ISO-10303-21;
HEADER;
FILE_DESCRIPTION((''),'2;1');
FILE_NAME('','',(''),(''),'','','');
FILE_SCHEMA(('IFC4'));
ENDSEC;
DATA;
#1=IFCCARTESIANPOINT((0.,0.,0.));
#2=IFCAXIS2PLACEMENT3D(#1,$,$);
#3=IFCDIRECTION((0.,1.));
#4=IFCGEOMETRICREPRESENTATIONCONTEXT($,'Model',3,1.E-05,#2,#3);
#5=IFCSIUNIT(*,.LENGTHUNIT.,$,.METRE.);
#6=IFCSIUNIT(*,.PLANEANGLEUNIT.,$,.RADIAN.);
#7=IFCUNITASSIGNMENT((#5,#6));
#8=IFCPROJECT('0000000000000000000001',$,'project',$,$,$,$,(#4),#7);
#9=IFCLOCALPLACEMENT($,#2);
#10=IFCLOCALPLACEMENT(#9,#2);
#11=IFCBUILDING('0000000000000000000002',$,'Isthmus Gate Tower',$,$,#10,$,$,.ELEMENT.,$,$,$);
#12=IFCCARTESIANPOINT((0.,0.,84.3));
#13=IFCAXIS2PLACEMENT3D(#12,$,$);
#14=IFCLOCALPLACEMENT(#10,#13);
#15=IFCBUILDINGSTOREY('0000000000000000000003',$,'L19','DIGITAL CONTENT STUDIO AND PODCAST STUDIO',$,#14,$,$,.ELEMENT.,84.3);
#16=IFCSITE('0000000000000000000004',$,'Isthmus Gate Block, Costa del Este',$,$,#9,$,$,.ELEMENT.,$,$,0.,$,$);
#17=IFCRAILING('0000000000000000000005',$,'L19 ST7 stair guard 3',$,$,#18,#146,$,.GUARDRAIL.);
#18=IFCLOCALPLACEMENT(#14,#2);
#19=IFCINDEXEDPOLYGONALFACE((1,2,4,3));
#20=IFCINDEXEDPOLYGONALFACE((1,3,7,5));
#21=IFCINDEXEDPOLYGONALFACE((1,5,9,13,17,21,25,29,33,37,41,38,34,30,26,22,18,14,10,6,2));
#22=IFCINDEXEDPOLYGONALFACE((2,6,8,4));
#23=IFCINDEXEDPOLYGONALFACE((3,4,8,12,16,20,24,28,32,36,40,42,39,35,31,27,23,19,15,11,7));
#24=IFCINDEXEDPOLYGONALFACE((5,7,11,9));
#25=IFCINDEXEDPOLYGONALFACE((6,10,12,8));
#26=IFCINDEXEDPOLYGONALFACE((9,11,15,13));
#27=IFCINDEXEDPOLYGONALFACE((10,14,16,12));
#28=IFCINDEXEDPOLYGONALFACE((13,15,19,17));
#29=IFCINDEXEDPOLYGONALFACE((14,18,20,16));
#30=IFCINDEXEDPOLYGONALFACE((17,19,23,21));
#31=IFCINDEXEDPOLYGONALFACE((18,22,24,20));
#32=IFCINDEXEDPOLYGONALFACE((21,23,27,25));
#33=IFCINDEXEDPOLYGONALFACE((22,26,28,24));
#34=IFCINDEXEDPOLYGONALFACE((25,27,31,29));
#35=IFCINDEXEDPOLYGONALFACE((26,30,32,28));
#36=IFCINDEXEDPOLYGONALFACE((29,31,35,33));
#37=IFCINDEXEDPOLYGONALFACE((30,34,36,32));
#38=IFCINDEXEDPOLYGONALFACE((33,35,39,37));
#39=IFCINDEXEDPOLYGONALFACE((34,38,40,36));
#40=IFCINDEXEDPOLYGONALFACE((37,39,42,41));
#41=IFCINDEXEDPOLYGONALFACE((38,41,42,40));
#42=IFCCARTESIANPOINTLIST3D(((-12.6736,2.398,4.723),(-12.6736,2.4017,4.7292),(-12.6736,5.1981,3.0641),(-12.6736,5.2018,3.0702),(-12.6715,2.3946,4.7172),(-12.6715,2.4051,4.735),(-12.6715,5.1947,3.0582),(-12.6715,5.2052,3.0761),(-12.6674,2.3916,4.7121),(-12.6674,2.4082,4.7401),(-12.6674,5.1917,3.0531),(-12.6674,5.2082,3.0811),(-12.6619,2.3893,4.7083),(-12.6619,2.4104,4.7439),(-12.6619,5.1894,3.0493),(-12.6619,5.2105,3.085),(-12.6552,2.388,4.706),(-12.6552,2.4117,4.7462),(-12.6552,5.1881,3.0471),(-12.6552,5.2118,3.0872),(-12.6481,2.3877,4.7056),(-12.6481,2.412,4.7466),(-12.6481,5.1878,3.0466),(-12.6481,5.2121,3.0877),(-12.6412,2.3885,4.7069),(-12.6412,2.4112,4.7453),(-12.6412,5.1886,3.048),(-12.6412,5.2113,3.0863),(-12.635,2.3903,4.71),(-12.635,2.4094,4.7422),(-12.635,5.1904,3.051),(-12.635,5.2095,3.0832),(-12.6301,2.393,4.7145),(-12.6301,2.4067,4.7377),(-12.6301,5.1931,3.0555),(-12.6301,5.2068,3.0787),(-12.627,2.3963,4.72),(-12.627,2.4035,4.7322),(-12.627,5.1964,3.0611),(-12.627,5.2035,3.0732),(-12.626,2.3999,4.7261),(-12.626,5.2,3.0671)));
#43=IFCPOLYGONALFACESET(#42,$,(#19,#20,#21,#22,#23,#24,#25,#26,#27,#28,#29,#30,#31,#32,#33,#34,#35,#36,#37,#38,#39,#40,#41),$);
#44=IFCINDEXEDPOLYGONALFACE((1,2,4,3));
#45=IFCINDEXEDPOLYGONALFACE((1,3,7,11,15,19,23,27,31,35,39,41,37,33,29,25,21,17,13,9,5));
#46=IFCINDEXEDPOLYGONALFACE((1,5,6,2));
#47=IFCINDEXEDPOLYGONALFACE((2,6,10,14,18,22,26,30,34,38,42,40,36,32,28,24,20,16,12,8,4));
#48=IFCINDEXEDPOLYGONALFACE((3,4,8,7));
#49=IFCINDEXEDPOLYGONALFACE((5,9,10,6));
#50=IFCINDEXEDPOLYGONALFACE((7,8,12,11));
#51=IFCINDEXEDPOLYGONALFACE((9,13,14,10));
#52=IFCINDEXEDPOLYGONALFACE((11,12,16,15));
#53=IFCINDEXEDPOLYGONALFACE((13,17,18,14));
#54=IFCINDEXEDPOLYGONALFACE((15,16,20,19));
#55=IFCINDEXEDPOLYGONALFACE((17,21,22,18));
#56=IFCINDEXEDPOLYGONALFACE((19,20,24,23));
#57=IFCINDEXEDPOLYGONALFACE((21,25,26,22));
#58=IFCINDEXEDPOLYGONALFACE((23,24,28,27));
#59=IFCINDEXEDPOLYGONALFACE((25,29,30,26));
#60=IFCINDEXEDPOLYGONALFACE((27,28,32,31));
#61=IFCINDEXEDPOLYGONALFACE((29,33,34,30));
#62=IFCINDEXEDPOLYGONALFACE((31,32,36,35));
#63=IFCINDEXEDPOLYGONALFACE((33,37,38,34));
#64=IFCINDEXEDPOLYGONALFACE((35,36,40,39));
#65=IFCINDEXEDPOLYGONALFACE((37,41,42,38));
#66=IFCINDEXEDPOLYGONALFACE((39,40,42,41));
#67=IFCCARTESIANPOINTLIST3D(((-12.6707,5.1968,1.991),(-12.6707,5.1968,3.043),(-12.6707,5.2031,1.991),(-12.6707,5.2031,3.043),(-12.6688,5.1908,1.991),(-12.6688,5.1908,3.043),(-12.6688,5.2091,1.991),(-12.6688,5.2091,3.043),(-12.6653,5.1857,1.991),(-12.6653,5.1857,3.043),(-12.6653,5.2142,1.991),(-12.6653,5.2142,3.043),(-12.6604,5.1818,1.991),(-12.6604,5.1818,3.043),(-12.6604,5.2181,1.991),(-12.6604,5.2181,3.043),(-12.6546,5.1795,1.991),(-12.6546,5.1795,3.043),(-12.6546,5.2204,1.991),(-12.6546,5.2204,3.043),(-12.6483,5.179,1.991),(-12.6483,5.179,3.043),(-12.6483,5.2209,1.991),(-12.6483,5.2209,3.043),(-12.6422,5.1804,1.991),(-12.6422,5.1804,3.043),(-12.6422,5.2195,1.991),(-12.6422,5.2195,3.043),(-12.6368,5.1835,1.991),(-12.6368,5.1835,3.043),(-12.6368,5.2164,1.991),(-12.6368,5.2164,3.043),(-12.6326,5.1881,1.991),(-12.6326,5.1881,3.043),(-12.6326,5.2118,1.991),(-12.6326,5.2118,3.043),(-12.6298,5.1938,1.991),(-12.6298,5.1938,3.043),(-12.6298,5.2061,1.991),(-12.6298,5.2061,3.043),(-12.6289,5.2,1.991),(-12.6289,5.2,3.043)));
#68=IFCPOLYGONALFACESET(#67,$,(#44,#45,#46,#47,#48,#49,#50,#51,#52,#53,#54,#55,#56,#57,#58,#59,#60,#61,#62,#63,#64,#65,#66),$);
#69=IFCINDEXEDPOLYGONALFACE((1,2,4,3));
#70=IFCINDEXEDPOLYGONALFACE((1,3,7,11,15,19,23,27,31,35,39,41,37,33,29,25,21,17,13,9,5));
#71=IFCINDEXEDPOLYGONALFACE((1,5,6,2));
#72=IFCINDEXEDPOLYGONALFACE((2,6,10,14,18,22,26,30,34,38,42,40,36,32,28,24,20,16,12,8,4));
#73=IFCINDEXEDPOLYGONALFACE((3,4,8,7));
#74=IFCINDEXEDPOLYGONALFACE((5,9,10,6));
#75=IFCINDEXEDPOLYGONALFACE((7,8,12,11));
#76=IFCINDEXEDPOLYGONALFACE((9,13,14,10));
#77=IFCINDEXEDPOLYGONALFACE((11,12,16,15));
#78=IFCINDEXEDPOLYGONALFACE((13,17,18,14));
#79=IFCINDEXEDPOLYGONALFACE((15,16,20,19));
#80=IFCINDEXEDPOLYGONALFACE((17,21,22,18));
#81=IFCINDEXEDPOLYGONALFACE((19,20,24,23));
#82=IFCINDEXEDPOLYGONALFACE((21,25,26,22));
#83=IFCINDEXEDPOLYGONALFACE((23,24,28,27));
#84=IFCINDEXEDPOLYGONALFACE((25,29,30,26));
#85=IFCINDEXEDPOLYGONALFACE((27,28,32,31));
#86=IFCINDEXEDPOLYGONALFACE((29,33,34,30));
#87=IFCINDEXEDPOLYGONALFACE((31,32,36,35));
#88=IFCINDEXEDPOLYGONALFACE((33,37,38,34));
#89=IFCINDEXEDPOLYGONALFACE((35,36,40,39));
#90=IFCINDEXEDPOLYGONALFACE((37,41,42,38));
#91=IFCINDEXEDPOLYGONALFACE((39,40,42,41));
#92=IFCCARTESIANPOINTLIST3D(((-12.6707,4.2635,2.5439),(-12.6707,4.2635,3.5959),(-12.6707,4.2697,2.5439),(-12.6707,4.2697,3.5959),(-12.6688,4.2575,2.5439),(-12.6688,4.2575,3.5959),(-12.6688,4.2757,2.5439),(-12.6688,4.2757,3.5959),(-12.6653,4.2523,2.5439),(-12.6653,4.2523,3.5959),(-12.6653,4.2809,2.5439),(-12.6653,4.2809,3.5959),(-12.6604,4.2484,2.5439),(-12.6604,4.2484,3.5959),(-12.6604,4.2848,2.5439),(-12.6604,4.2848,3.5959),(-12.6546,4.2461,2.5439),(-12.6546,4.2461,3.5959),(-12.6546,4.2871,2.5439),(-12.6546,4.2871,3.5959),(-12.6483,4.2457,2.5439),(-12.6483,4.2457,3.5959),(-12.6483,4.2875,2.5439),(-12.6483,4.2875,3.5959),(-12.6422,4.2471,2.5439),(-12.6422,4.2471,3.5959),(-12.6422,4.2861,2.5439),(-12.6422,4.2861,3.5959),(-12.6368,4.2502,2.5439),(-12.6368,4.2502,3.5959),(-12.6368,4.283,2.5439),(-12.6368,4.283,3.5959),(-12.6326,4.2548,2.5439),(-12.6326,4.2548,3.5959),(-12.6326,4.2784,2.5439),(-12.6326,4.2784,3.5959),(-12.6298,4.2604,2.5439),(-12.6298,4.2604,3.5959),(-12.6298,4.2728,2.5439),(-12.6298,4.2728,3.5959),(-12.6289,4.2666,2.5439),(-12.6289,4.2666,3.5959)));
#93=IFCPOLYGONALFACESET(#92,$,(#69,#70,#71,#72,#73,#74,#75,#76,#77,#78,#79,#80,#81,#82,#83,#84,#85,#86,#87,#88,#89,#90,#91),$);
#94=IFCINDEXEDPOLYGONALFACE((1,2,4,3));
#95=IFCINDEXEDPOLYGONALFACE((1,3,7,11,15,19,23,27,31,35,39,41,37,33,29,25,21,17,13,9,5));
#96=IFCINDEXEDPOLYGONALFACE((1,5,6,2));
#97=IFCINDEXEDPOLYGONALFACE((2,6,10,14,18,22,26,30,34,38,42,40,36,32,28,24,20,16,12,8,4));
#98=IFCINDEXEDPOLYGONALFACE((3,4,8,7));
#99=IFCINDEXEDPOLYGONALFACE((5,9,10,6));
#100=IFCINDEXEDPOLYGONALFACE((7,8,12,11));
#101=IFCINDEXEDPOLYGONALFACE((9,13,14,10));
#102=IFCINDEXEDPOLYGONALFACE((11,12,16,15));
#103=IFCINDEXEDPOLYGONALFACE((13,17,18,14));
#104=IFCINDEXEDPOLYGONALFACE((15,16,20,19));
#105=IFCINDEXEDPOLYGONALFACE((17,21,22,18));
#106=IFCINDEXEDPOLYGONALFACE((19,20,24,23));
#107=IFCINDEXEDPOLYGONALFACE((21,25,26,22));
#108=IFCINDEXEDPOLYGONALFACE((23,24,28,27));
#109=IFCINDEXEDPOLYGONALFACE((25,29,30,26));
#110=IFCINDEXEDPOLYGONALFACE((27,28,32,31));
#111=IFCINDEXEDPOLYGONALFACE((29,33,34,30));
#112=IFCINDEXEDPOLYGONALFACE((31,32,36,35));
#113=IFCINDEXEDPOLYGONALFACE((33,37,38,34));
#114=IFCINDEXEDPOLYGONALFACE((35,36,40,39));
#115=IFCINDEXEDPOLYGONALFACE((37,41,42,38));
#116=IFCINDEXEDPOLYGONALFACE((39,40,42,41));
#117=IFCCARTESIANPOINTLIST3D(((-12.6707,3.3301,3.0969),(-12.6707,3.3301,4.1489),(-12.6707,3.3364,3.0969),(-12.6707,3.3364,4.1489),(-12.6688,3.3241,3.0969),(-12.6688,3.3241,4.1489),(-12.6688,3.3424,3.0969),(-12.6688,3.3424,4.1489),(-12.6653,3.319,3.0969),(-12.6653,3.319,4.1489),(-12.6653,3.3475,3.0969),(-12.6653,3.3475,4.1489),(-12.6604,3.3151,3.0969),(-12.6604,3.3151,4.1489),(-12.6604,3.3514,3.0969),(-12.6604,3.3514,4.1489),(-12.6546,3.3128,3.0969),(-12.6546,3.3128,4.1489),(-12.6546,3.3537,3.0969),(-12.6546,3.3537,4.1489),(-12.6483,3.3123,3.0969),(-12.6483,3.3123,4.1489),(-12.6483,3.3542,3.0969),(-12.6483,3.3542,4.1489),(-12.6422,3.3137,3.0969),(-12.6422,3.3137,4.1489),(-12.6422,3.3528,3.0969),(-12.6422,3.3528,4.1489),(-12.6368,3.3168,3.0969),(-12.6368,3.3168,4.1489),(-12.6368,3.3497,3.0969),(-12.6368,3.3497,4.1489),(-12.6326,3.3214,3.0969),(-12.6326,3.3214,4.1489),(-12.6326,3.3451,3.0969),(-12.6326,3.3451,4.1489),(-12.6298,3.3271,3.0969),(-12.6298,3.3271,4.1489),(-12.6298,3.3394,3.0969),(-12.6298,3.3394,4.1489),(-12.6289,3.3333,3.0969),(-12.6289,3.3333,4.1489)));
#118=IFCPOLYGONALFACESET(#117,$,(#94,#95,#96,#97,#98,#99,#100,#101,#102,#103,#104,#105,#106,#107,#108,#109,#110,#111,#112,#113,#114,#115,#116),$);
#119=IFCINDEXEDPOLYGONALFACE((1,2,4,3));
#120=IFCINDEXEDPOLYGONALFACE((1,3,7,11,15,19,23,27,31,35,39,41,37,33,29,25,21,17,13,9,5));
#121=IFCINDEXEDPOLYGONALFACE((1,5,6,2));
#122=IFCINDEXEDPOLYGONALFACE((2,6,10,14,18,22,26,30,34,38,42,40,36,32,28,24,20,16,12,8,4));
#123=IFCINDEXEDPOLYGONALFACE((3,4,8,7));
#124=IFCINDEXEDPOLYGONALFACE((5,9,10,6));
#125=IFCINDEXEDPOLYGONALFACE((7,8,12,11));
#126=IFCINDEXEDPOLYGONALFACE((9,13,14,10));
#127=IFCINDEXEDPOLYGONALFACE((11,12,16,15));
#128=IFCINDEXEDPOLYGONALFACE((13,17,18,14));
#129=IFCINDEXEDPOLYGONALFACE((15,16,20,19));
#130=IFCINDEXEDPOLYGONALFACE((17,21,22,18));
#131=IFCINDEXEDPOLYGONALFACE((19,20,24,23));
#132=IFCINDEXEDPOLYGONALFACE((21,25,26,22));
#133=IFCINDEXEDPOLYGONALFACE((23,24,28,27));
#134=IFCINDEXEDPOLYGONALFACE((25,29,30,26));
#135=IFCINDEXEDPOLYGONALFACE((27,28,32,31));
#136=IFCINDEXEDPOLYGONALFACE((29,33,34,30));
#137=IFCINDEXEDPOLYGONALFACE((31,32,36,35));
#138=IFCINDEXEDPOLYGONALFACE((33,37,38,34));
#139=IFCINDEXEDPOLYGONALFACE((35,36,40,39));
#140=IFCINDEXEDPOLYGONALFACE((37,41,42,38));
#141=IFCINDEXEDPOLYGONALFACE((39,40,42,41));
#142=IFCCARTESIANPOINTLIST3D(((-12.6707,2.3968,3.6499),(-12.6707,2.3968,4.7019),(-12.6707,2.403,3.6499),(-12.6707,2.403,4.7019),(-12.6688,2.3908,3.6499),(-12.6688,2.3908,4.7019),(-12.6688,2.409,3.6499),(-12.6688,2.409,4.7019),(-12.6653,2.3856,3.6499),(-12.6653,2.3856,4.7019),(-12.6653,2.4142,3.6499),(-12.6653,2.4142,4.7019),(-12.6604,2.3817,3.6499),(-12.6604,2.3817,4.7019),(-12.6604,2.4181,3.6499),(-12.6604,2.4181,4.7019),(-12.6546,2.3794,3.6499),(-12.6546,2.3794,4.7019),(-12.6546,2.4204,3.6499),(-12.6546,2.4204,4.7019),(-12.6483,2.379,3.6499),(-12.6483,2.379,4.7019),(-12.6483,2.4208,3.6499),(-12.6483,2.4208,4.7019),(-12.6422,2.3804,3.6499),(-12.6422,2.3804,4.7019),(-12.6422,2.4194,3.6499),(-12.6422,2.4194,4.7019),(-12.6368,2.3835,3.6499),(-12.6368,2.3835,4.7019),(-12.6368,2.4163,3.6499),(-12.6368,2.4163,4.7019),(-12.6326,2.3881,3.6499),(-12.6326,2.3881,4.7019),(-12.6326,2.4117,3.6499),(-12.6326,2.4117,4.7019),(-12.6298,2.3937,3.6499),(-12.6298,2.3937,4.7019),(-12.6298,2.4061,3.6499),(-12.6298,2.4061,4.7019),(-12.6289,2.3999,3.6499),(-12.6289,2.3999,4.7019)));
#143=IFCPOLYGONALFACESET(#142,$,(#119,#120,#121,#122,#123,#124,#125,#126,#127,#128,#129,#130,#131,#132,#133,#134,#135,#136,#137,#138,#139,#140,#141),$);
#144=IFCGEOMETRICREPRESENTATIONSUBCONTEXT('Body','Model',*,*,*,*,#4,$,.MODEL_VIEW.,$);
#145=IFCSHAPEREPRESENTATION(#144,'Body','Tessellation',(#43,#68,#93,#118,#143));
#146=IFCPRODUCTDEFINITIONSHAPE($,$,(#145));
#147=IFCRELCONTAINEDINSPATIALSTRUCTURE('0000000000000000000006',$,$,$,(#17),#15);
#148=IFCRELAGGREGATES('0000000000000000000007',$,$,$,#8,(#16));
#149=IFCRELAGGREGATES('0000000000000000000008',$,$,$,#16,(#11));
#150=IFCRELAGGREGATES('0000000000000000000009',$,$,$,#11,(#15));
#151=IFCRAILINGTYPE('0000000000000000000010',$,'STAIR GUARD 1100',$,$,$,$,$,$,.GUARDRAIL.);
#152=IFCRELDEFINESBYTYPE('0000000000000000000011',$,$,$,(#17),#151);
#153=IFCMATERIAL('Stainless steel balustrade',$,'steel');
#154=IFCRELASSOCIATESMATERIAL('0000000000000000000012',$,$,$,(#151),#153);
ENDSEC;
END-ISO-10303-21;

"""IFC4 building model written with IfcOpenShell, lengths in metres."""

from ifc_helpers import new_model, si_unit, direction, frame, origin, origin_2d, place, context, subcontext, project, spatial, circle, extrude, material, type_object, element, save


model = new_model("IFC4")

# Units and contexts
model_context = context("Model", 3, precision=1e-05, world=origin(), true_north=direction((0.0, 1.0)))
body_context = subcontext(model_context, "Body", "Model", "MODEL_VIEW")
ifc_project = project(units=[si_unit("LENGTHUNIT", "METRE"), si_unit("PLANEANGLEUNIT", "RADIAN")], contexts=[model_context])

# Site, building, storey
site_placement = place(None, origin())
site = spatial("IfcSite", under=ifc_project, at=site_placement, Name="Isthmus Gate Block, Costa del Este", CompositionType="ELEMENT", RefElevation=0.0)
building_placement = place(site_placement, origin())
building = spatial("IfcBuilding", under=site, at=building_placement, Name="Isthmus Gate Tower", CompositionType="ELEMENT")
storey_placement = place(building_placement, frame((0.0, 0.0, 84.3)))
storey = spatial("IfcBuildingStorey", under=building, at=storey_placement, Name="L19", Description="DIGITAL CONTENT STUDIO AND PODCAST STUDIO", CompositionType="ELEMENT", Elevation=84.3)

# Railing
ifc_material_1 = material(Name="Stainless steel balustrade", Category="steel")
railing_type_1 = type_object("IfcRailingType", Name="STAIR GUARD 1100", PredefinedType="GUARDRAIL", material=ifc_material_1)
railing_1_placement = place(storey_placement, frame((-12.6499, 5.2, 1.991)))
element("IfcRailing", 1, at=railing_1_placement, inside=storey, type_object=railing_type_1, Name="L19 ST7 stair guard 3", PredefinedType="GUARDRAIL", context=body_context, shape_type="SweptSolid", body=[
    extrude(circle(Radius=0.0239, at=origin_2d()), frame((0.0, 0.0, 1.0762), z_axis=(0.0, -0.860339, 0.509722), x_axis=(1.0, 0.0, 0.0)), (0.0, 0.0, 1.0), 3.2546),
    extrude(circle(Radius=0.021, at=origin_2d()), origin(), (0.0, 0.0, 1.0), 1.052),
    extrude(circle(Radius=0.021, at=origin_2d()), frame((0.0, -0.9333, 0.553)), (0.0, 0.0, 1.0), 1.052),
    extrude(circle(Radius=0.021, at=origin_2d()), frame((0.0, -1.8667, 1.106)), (0.0, 0.0, 1.0), 1.052),
    extrude(circle(Radius=0.021, at=origin_2d()), frame((0.0, -2.8, 1.6589)), (0.0, 0.0, 1.0), 1.052),
])

save(model, "model.ifc")
